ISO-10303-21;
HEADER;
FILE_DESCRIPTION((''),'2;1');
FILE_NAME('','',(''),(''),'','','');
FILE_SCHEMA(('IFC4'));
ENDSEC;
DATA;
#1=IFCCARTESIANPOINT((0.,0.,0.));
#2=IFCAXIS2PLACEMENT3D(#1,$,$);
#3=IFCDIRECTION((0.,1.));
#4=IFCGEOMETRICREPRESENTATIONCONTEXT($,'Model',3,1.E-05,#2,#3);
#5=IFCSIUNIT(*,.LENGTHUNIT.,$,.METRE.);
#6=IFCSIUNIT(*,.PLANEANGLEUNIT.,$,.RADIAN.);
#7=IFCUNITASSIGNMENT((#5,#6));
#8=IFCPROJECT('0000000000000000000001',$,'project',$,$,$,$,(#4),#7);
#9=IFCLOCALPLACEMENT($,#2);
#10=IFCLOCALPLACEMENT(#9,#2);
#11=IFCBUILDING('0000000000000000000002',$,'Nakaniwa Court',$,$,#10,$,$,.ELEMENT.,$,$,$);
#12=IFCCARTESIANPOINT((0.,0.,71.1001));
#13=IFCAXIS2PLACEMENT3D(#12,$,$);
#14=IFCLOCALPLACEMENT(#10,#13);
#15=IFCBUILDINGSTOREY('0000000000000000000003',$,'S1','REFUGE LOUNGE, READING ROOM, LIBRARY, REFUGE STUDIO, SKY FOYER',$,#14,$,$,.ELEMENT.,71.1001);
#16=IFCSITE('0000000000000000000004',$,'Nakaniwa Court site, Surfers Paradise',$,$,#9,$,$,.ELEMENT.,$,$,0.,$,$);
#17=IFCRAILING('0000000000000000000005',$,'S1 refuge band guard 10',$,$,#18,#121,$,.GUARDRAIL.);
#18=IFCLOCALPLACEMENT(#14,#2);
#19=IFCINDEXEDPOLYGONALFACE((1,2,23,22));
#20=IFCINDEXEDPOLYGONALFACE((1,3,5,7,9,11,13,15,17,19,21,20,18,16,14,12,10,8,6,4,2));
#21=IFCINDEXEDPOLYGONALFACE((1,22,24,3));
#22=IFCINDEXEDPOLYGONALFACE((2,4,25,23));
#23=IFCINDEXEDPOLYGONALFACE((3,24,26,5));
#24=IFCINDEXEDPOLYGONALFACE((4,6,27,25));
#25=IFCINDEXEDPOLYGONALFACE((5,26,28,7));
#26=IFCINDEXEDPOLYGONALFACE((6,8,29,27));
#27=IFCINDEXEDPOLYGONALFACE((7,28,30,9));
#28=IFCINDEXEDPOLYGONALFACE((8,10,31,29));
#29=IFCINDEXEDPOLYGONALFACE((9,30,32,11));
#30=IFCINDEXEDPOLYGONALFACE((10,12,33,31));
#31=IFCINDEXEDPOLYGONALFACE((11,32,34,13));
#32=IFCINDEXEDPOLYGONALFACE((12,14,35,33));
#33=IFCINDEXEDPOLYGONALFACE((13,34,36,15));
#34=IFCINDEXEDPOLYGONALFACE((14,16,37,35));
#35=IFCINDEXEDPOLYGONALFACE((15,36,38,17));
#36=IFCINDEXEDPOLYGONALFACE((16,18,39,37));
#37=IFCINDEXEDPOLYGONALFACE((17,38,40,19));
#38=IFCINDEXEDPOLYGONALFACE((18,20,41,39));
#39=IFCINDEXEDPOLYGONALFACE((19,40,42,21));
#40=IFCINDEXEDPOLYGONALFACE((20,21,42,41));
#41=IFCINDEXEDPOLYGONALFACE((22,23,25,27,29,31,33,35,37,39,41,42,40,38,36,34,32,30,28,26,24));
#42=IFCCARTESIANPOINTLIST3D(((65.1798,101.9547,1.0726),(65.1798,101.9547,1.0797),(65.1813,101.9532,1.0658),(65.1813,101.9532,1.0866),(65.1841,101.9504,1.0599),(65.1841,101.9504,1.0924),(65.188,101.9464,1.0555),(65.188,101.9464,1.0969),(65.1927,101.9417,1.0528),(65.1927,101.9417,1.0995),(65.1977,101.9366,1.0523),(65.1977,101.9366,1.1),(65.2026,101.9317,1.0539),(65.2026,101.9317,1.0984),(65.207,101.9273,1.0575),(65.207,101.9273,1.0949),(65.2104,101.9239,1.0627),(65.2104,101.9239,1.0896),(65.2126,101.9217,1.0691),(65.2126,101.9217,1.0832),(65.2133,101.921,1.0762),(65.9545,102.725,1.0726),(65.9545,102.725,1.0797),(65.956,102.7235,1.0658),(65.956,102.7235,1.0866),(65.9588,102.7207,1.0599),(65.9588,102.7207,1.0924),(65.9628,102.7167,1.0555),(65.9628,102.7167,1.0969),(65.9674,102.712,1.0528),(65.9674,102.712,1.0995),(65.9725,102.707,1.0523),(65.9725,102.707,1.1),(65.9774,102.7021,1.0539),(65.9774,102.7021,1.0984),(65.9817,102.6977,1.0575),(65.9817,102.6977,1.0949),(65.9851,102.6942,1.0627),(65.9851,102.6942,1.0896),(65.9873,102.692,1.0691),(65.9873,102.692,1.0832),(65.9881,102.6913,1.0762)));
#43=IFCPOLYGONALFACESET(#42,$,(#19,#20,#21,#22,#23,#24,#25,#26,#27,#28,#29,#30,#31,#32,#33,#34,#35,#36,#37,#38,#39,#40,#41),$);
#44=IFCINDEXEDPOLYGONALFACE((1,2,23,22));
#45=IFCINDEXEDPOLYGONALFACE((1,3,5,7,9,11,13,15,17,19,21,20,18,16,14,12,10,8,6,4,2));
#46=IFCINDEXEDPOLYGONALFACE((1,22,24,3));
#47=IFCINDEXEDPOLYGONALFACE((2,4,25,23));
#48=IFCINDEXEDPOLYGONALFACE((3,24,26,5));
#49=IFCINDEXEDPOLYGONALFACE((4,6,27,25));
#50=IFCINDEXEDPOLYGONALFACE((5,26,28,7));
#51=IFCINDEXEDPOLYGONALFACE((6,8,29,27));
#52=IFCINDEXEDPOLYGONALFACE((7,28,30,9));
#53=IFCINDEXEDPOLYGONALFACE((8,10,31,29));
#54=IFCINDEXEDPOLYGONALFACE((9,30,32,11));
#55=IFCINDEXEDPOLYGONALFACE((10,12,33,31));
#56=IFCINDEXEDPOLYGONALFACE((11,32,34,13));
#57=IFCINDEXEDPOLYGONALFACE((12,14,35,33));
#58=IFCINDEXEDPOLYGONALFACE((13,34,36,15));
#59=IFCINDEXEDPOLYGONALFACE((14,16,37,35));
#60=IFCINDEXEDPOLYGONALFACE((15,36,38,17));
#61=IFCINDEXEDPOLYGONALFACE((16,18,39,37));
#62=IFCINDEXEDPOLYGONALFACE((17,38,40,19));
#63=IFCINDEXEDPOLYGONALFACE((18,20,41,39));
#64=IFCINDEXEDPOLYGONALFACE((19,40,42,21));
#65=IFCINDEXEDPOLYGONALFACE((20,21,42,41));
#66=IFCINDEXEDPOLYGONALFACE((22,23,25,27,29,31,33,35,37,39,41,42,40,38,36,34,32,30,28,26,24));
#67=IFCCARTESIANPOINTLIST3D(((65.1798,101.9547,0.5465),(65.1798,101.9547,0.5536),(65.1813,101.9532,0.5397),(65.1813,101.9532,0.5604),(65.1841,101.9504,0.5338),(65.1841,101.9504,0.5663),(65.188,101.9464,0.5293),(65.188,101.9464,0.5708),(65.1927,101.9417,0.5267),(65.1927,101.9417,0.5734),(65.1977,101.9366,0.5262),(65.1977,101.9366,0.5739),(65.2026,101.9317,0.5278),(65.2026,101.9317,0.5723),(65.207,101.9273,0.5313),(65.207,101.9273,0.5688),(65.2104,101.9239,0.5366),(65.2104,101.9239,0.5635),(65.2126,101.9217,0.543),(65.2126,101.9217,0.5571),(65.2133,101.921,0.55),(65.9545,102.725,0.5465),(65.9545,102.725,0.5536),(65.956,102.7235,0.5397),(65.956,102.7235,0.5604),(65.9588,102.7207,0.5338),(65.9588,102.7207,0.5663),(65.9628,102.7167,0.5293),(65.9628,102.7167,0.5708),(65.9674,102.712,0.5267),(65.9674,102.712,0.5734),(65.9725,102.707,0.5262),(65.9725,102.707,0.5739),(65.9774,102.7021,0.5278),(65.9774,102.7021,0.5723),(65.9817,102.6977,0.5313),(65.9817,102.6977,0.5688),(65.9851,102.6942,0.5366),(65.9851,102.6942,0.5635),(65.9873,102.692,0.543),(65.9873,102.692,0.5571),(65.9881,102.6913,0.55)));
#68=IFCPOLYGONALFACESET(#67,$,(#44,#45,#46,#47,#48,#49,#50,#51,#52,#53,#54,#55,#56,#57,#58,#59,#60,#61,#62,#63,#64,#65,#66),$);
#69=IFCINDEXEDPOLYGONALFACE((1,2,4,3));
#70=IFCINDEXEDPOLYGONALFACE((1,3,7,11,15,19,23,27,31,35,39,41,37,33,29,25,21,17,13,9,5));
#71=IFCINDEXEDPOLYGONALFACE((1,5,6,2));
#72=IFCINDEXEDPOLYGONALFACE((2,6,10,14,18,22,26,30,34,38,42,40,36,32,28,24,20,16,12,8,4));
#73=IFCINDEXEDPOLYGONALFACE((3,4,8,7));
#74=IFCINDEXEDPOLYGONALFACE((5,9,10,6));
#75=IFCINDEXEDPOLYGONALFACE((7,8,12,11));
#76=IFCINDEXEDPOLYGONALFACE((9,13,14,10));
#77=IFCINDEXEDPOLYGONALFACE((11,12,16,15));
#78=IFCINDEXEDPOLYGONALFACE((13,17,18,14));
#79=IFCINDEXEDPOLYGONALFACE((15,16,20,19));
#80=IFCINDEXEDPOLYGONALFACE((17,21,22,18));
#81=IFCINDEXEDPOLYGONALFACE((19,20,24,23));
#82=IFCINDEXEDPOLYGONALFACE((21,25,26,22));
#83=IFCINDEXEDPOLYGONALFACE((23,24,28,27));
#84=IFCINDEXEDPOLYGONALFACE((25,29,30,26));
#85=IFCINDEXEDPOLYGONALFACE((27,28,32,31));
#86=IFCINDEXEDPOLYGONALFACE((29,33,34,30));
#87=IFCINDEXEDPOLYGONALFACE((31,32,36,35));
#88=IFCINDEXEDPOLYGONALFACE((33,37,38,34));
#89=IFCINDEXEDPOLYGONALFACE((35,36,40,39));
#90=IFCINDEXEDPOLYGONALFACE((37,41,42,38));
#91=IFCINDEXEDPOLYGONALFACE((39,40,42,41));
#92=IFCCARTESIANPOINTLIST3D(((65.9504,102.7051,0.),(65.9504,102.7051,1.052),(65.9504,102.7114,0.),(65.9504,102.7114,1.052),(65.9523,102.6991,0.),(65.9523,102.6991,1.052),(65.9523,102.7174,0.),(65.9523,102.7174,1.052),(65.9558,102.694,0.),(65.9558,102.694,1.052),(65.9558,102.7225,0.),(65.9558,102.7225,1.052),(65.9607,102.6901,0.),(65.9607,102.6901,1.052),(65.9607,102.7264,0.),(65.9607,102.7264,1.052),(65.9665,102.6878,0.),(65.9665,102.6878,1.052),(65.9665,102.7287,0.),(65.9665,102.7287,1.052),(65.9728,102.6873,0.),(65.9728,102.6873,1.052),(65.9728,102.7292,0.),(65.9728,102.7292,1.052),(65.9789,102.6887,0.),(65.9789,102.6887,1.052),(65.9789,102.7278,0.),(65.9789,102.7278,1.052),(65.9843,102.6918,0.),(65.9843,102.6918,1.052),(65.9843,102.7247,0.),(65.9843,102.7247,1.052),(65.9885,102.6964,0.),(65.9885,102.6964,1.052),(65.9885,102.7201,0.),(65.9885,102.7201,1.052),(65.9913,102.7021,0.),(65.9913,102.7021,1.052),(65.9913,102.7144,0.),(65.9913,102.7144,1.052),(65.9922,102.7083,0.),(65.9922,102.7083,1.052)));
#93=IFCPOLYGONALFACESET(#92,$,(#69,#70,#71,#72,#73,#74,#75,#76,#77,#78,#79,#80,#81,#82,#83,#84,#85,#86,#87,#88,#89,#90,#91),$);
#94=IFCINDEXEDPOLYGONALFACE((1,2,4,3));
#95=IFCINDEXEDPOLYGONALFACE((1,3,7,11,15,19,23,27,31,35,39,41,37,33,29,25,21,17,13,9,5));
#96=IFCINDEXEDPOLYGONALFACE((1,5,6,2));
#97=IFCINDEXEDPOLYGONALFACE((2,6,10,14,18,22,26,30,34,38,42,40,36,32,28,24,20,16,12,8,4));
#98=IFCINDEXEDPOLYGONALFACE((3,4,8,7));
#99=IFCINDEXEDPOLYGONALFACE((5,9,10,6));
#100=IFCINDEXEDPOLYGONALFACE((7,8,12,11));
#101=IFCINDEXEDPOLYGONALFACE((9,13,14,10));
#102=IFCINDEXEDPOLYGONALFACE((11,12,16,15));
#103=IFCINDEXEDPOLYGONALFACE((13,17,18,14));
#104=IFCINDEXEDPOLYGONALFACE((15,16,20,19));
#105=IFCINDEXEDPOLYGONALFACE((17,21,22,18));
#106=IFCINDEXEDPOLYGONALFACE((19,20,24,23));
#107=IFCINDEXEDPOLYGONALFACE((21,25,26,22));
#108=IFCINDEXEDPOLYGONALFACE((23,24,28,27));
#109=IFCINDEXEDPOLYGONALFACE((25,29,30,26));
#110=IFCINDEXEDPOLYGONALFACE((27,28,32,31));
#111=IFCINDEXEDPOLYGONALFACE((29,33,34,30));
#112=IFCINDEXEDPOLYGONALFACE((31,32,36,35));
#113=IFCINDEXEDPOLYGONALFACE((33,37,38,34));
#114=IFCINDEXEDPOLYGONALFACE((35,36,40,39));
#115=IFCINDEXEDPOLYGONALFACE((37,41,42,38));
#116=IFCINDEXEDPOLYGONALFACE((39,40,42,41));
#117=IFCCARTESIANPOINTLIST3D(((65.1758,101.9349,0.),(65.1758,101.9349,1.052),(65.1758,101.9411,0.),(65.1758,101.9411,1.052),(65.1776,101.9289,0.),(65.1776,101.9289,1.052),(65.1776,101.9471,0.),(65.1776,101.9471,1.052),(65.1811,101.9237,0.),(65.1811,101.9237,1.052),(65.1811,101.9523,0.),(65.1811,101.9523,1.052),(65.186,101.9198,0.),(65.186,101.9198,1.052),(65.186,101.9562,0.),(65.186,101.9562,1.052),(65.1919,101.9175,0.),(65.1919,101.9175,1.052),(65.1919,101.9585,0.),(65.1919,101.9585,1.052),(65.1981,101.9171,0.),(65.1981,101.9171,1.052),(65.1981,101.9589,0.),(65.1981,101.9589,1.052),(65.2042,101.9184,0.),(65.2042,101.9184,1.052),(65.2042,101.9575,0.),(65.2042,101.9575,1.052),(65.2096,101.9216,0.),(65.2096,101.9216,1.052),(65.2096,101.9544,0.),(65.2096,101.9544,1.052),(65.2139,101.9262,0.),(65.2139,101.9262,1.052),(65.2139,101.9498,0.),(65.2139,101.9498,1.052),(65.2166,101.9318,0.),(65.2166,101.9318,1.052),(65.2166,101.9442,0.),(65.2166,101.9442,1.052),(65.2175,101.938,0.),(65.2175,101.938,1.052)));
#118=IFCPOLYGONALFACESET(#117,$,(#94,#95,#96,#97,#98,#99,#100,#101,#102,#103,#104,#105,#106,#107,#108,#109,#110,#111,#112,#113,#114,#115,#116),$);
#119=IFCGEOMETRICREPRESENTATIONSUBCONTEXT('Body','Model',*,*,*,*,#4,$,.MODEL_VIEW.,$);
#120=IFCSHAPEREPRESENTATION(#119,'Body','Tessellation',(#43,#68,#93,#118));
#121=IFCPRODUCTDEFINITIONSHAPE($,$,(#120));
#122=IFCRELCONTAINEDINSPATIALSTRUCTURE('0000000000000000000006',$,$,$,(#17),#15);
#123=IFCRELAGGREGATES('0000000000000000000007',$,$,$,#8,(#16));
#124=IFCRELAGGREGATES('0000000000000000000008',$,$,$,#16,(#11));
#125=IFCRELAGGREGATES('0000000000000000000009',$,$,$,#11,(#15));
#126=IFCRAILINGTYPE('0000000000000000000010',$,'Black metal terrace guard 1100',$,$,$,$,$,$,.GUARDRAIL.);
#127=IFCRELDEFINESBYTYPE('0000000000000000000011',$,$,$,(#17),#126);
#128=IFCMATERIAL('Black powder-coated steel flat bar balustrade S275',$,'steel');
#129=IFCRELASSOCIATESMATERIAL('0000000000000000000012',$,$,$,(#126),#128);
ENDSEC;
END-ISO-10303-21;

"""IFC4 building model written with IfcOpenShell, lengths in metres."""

from ifc_helpers import new_model, si_unit, direction, frame, origin, origin_2d, place, context, subcontext, project, spatial, circle, extrude, material, type_object, element, save


model = new_model("IFC4")

# Units and contexts
model_context = context("Model", 3, precision=1e-05, world=origin(), true_north=direction((0.0, 1.0)))
body_context = subcontext(model_context, "Body", "Model", "MODEL_VIEW")
ifc_project = project(units=[si_unit("LENGTHUNIT", "METRE"), si_unit("PLANEANGLEUNIT", "RADIAN")], contexts=[model_context])

# Site, building, storey
site_placement = place(None, origin())
site = spatial("IfcSite", under=ifc_project, at=site_placement, Name="Nakaniwa Court site, Surfers Paradise", CompositionType="ELEMENT", RefElevation=0.0)
building_placement = place(site_placement, origin())
building = spatial("IfcBuilding", under=site, at=building_placement, Name="Nakaniwa Court", CompositionType="ELEMENT")
storey_placement = place(building_placement, frame((0.0, 0.0, 71.1001)))
storey = spatial("IfcBuildingStorey", under=building, at=storey_placement, Name="S1", Description="REFUGE LOUNGE, READING ROOM, LIBRARY, REFUGE STUDIO, SKY FOYER", CompositionType="ELEMENT", Elevation=71.1001)

# Railing
ifc_material_1 = material(Name="Black powder-coated steel flat bar balustrade S275", Category="steel")
railing_type = type_object("IfcRailingType", Name="Black metal terrace guard 1100", PredefinedType="GUARDRAIL", material=ifc_material_1)
railing_1_placement = place(storey_placement, frame((65.9712, 102.7083, 0.0)))
element("IfcRailing", 1, at=railing_1_placement, inside=storey, type_object=railing_type, Name="S1 refuge band guard 10", PredefinedType="GUARDRAIL", context=body_context, shape_type="SweptSolid", body=[
    extrude(circle(Radius=0.0239, at=origin_2d()), frame((0.0, 0.0, 1.0762), z_axis=(-0.709115, -0.705093, 0.0), x_axis=(0.705093, -0.709115, 0.0)), (0.0, 0.0, 1.0), 1.0925),
    extrude(circle(Radius=0.0239, at=origin_2d()), frame((0.0, 0.0, 0.55), z_axis=(-0.709115, -0.705093, 0.0), x_axis=(0.705093, -0.709115, 0.0)), (0.0, 0.0, 1.0), 1.0925),
    extrude(circle(Radius=0.021, at=origin_2d()), origin(), (0.0, 0.0, 1.0), 1.052),
    extrude(circle(Radius=0.021, at=origin_2d()), frame((-0.7747, -0.7703, 0.0)), (0.0, 0.0, 1.0), 1.052),
])

save(model, "model.ifc")
